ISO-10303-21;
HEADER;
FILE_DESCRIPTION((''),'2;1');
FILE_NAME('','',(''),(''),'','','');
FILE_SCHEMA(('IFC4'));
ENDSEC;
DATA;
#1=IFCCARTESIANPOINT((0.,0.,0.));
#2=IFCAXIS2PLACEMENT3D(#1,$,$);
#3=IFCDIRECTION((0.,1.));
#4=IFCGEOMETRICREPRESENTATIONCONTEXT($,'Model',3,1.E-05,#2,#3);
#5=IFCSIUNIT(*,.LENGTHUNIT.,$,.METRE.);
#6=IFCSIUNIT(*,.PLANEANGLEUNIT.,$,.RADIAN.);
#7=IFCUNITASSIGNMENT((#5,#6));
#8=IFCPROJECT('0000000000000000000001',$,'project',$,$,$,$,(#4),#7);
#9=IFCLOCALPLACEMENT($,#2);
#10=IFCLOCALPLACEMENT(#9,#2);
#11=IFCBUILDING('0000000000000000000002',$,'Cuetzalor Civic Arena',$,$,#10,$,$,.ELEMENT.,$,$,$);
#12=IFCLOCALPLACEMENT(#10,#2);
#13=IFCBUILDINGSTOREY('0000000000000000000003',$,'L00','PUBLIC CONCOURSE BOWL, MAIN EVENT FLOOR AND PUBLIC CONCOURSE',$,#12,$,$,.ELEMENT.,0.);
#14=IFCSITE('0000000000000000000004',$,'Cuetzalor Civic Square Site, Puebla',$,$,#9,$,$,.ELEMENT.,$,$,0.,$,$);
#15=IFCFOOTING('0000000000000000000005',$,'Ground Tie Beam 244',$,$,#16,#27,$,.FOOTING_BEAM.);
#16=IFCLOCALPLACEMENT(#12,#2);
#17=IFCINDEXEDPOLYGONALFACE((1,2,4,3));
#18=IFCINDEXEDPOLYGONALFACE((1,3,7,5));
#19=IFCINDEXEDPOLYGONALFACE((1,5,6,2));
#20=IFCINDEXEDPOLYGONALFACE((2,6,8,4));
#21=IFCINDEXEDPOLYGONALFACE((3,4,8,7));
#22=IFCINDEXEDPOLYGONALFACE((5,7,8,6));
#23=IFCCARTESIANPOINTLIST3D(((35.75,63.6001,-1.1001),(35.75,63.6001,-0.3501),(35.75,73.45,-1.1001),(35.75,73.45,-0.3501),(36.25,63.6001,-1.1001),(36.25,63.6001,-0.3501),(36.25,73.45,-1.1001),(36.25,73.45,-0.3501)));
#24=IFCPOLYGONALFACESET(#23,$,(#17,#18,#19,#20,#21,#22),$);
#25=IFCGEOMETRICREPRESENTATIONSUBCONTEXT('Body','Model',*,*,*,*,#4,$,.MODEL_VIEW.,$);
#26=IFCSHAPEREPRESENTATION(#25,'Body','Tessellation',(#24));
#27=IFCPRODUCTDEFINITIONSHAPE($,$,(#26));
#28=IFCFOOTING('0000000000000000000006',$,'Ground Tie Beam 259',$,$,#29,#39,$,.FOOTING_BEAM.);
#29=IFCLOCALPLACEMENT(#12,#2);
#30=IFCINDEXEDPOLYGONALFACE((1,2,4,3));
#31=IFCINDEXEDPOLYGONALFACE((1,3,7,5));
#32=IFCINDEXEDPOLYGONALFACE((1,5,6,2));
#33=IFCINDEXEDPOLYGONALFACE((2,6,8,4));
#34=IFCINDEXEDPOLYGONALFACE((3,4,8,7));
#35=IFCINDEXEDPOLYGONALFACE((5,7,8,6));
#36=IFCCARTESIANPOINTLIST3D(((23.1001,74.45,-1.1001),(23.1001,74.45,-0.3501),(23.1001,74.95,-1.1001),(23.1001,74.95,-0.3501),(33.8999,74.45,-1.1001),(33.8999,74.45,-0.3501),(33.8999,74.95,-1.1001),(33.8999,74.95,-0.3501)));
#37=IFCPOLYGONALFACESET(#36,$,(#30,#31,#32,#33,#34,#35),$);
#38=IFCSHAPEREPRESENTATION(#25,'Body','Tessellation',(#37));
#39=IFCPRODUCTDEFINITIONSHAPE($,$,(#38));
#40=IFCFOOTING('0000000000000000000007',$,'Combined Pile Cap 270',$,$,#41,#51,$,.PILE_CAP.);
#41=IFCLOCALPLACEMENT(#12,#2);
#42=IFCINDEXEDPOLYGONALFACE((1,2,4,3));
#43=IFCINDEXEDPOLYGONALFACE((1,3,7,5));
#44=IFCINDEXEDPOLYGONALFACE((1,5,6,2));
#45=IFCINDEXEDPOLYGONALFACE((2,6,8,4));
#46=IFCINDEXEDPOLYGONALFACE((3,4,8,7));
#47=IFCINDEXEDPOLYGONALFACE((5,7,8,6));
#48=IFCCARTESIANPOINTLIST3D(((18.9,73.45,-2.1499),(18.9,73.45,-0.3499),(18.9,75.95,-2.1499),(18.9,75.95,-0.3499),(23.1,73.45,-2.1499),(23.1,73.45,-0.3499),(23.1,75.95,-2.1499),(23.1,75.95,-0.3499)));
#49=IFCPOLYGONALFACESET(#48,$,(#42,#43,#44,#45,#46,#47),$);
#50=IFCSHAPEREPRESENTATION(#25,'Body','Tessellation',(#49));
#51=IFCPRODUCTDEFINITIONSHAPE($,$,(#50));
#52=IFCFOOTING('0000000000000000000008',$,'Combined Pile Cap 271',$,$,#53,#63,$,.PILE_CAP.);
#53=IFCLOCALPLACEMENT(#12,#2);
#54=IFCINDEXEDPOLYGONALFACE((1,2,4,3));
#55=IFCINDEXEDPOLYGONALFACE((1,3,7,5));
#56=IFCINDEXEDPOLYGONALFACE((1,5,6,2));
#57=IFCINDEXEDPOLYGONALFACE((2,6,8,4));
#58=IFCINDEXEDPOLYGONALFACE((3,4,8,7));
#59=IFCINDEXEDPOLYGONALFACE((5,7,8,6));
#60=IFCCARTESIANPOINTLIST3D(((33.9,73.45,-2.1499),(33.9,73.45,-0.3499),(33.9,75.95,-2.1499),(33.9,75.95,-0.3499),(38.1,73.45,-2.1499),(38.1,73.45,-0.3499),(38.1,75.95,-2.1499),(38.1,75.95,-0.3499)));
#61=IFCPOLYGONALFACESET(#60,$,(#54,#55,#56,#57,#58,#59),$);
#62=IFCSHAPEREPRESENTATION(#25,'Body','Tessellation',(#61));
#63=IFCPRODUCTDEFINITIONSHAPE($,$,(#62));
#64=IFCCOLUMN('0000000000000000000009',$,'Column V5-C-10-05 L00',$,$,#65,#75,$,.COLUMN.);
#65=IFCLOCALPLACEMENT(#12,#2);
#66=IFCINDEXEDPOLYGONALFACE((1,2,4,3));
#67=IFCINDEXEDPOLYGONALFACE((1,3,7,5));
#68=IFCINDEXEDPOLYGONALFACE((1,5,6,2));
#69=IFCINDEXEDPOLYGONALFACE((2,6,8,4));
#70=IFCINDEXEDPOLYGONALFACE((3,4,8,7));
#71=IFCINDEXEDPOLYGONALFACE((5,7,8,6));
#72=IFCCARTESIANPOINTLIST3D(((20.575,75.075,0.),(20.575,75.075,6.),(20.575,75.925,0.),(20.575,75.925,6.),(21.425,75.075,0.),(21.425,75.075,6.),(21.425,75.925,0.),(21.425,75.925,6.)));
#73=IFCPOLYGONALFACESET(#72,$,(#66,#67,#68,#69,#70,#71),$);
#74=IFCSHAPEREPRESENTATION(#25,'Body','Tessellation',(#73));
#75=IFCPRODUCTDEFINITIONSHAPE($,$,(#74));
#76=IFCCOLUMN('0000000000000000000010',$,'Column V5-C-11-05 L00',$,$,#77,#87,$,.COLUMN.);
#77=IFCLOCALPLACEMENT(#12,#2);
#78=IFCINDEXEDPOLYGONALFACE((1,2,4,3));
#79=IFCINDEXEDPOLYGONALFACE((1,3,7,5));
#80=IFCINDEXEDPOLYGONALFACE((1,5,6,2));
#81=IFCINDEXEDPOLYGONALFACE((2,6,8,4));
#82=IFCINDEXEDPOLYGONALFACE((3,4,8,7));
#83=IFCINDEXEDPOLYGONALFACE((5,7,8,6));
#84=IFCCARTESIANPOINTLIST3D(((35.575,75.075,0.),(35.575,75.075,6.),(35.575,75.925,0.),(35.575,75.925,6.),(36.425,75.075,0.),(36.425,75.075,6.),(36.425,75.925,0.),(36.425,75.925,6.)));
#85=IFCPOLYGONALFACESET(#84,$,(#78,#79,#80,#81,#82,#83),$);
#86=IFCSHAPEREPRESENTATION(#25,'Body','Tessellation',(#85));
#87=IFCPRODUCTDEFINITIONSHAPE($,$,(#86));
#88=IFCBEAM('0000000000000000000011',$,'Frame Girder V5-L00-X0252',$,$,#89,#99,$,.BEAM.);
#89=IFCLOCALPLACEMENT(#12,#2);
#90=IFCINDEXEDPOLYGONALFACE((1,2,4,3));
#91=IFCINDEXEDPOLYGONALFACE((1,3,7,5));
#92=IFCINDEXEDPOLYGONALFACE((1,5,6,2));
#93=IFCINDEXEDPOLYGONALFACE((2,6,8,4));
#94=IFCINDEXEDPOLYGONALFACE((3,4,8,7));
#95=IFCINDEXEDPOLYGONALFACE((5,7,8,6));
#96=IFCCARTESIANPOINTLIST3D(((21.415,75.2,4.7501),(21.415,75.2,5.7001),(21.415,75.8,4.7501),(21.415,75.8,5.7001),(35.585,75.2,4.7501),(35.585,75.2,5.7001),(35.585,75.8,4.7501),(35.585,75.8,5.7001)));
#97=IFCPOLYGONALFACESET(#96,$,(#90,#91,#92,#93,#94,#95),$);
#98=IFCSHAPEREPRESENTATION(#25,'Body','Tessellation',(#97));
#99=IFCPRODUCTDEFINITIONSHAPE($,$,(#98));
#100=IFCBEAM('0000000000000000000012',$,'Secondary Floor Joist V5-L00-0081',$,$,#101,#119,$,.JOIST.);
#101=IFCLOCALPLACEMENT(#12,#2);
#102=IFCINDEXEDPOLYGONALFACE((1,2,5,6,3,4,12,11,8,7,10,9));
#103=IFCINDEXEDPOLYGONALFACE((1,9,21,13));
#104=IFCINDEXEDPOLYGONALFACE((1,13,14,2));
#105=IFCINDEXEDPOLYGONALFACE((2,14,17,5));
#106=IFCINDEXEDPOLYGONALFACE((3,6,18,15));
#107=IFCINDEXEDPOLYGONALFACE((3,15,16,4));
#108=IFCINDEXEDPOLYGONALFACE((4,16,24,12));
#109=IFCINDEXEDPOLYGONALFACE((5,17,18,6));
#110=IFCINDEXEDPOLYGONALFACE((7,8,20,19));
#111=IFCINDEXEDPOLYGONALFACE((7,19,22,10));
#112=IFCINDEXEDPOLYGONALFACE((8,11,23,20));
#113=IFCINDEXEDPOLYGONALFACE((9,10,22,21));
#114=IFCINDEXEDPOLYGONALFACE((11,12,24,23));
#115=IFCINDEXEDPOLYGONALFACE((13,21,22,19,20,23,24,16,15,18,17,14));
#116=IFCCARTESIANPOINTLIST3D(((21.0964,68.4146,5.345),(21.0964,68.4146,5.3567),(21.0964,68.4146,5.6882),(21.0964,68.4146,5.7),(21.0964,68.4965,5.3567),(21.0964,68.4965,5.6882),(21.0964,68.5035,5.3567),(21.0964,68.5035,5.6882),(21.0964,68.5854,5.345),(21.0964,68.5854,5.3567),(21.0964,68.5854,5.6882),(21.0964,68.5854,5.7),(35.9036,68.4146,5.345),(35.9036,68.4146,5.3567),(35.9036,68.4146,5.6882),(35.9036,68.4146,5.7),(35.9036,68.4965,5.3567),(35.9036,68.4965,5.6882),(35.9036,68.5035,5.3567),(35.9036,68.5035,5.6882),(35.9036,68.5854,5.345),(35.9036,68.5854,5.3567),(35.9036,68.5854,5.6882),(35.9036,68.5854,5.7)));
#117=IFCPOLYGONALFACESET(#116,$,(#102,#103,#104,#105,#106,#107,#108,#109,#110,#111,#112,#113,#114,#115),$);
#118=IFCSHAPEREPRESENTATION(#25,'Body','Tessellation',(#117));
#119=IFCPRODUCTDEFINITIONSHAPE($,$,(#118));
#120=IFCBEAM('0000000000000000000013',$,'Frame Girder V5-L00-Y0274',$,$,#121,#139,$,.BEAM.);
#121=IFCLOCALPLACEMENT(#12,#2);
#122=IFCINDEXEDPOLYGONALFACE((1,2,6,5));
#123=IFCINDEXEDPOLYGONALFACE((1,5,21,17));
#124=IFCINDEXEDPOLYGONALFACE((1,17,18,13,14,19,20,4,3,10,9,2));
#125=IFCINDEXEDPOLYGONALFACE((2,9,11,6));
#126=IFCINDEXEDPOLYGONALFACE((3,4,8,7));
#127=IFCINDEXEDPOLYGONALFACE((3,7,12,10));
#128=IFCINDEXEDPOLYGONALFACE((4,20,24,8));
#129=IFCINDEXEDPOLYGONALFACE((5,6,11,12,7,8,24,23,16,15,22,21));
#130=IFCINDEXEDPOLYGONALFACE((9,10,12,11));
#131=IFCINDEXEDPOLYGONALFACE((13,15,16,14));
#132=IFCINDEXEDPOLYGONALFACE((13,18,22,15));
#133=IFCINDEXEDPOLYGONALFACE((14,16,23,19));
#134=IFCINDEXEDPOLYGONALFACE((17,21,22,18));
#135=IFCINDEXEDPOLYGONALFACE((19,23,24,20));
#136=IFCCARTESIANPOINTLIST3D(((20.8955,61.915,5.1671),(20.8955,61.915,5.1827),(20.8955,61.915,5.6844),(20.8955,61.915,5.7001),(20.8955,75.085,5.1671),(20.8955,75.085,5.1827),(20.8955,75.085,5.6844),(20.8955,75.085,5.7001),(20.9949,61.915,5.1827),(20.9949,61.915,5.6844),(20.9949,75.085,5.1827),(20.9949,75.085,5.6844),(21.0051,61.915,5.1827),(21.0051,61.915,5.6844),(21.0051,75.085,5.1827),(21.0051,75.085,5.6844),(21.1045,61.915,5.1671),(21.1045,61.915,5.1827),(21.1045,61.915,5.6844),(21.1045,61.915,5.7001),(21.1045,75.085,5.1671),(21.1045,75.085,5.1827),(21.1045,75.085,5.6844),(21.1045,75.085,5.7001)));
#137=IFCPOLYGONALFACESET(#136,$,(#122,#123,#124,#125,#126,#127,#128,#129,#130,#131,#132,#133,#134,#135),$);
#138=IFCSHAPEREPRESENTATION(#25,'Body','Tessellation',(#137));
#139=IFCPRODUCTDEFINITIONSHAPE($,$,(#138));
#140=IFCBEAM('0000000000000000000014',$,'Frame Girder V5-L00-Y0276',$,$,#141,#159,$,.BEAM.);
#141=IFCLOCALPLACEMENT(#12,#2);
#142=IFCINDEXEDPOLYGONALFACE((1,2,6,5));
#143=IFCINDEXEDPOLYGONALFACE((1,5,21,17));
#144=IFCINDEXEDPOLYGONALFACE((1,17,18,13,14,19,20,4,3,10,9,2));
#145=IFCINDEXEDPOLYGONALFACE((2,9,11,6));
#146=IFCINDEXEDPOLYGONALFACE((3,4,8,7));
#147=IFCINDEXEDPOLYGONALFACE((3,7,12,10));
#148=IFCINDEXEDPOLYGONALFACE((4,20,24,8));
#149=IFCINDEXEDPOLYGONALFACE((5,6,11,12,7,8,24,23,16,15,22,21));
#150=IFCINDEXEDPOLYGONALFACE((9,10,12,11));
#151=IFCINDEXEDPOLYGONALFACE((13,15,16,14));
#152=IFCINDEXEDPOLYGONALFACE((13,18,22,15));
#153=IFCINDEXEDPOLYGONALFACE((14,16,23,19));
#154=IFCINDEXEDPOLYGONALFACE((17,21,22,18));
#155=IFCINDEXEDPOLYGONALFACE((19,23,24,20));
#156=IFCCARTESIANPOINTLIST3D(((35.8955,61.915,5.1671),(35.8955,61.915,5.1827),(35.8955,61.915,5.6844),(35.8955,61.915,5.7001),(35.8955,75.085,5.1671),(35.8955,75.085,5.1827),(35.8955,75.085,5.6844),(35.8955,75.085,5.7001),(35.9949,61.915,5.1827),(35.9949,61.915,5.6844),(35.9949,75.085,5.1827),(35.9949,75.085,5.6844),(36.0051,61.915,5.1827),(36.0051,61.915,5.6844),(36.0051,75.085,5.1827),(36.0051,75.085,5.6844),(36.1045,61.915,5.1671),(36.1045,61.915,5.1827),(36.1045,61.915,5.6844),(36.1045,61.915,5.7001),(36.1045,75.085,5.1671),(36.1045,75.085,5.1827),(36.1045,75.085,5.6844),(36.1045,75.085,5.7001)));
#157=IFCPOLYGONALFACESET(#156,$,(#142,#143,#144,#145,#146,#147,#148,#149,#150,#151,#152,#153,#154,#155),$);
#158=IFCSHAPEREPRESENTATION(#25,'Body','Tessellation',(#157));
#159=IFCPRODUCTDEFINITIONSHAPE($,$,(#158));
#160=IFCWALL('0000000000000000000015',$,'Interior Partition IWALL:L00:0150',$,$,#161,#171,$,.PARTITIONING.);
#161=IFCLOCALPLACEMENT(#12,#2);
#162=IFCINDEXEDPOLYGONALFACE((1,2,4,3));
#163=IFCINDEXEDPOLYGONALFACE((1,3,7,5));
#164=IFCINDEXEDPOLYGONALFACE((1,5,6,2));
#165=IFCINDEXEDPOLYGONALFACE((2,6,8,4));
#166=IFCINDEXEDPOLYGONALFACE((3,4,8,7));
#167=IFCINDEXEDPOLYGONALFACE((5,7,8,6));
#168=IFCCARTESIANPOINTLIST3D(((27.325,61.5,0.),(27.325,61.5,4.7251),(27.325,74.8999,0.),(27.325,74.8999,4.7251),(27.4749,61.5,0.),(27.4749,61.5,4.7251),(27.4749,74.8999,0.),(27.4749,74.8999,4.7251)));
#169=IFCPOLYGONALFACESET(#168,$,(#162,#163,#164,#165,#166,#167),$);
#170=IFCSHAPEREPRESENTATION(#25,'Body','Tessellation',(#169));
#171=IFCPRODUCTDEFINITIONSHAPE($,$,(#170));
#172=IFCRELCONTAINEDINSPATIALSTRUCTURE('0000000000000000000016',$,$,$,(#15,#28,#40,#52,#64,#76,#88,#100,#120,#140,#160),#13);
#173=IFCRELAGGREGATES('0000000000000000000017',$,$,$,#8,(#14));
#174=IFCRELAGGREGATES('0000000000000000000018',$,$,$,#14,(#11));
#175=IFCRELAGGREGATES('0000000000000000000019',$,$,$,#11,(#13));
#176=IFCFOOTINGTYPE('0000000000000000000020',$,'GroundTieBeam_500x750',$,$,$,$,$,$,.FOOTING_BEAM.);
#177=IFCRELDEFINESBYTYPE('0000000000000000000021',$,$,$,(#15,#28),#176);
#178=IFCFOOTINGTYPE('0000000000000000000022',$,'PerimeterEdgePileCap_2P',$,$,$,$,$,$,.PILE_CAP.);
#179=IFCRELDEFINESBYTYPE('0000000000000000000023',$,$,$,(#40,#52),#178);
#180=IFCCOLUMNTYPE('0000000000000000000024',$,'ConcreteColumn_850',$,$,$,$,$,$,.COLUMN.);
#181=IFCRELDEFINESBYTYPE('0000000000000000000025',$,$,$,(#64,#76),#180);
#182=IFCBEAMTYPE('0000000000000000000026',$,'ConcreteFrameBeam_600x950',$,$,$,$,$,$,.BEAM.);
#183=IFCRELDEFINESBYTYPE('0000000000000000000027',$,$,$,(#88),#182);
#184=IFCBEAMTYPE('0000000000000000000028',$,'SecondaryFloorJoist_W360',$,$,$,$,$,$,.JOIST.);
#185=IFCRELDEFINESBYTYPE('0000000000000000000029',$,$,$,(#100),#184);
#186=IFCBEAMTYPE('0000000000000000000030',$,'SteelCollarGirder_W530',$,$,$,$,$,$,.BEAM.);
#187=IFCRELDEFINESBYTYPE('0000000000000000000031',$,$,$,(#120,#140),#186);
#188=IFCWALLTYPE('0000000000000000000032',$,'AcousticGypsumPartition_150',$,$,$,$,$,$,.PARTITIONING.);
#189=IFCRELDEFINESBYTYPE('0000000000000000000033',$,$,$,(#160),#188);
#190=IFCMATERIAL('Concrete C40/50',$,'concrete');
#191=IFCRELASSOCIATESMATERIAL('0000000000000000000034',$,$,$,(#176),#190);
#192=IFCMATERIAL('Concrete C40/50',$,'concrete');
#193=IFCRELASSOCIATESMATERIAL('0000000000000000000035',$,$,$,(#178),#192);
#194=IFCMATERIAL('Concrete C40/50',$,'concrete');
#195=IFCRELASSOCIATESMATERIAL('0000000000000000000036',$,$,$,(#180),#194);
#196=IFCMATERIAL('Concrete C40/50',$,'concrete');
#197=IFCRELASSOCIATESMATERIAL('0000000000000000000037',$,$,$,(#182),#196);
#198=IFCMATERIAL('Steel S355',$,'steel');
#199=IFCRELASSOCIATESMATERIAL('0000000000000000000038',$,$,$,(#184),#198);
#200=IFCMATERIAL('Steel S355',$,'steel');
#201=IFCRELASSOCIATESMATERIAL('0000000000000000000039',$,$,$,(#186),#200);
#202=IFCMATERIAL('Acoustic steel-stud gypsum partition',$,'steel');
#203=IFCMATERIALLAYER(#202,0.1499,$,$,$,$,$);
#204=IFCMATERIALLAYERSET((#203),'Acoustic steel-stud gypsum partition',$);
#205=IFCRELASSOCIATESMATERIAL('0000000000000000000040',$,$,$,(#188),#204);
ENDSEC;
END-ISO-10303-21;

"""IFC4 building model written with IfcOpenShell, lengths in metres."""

from ifc_helpers import new_model, si_unit, direction, frame, frame_2d, origin, origin_2d, place, context, subcontext, project, spatial, rectangle, i_section, extrude, material, layer, layer_set, material_profile, profile_set, type_object, element, save


model = new_model("IFC4")

# Units and contexts
model_context = context("Model", 3, precision=1e-05, world=origin(), true_north=direction((0.0, 1.0)))
body_context = subcontext(model_context, "Body", "Model", "MODEL_VIEW")
ifc_project = project(units=[si_unit("LENGTHUNIT", "METRE"), si_unit("PLANEANGLEUNIT", "RADIAN")], contexts=[model_context])

# Site, building, storey
site_placement = place(None, origin())
site = spatial("IfcSite", under=ifc_project, at=site_placement, Name="Cuetzalor Civic Square Site, Puebla", CompositionType="ELEMENT", RefElevation=0.0)
building_placement = place(site_placement, origin())
building = spatial("IfcBuilding", under=site, at=building_placement, Name="Cuetzalor Civic Arena", CompositionType="ELEMENT")
storey_placement = place(building_placement, origin())
storey = spatial("IfcBuildingStorey", under=building, at=storey_placement, Name="L00", Description="PUBLIC CONCOURSE BOWL, MAIN EVENT FLOOR AND PUBLIC CONCOURSE", CompositionType="ELEMENT", Elevation=0.0)

# Footings
ifc_material_1 = material(Name="Concrete C40/50", Category="concrete")
ifc_material_profile_1 = material_profile(ifc_material_1, rectangle(XDim=0.5, YDim=0.75, at=origin_2d()), Name="RC 500x750")
ifc_profile_set_1 = profile_set([ifc_material_profile_1], Name="Concrete C40/50")
footing_type_1 = type_object("IfcFootingType", Name="GroundTieBeam_500x750", PredefinedType="FOOTING_BEAM", material=ifc_profile_set_1)
for number, where, z_axis, x_axis, name in (
    (1, (36.0, 63.6001, -0.7251), (0.0, 1.0, 0.0), (-1.0, 0.0, 0.0), "Ground Tie Beam 244"),
):
    element("IfcFooting", number, at=place(storey_placement, frame(where, z_axis=z_axis, x_axis=x_axis)), inside=storey, type_object=footing_type_1, Name=name, PredefinedType="FOOTING_BEAM", context=body_context, shape_type="SweptSolid", body=[
        extrude(rectangle(XDim=0.5, YDim=0.75, at=origin_2d()), origin(), (0.0, 0.0, 1.0), 9.8499),
    ])
footing_placement = place(storey_placement, frame((23.1001, 74.7, -0.7251), z_axis=(1.0, 0.0, 0.0), x_axis=(0.0, 1.0, 0.0)))
element("IfcFooting", 2, at=footing_placement, inside=storey, type_object=footing_type_1, Name="Ground Tie Beam 259", PredefinedType="FOOTING_BEAM", context=body_context, shape_type="SweptSolid", body=[
    extrude(rectangle(XDim=0.5, YDim=0.75, at=origin_2d()), origin(), (0.0, 0.0, 1.0), 10.7998),
])
ifc_material_2 = material(Name="Concrete C40/50", Category="concrete")
footing_type_2 = type_object("IfcFootingType", Name="PerimeterEdgePileCap_2P", PredefinedType="PILE_CAP", material=ifc_material_2)
for number, where, z_axis, x_axis, name in (
    (3, (21.0, 74.7, -2.1499), (0.0, 0.0, 1.0), (1.0, 0.0, 0.0), "Combined Pile Cap 270"),
    (4, (36.0, 74.7, -2.1499), (0.0, 0.0, 1.0), (1.0, 0.0, 0.0), "Combined Pile Cap 271"),
):
    element("IfcFooting", number, at=place(storey_placement, frame(where, z_axis=z_axis, x_axis=x_axis)), inside=storey, type_object=footing_type_2, Name=name, PredefinedType="PILE_CAP", context=body_context, shape_type="SweptSolid", body=[
        extrude(rectangle(XDim=4.2, YDim=2.5, at=origin_2d()), origin(), (0.0, 0.0, 1.0), 1.8),
    ])

# Columns
ifc_material_3 = material(Name="Concrete C40/50", Category="concrete")
ifc_material_profile_2 = material_profile(ifc_material_3, rectangle(XDim=0.8501, YDim=0.8501, at=origin_2d()), Name="RC 850x850")
ifc_profile_set_2 = profile_set([ifc_material_profile_2], Name="Concrete C40/50")
column_type = type_object("IfcColumnType", Name="ConcreteColumn_850", PredefinedType="COLUMN", material=ifc_profile_set_2)
for number, where, z_axis, x_axis, name in (
    (5, (21.0, 75.5, 0.0), (0.0, 0.0, 1.0), (1.0, 0.0, 0.0), "Column V5-C-10-05 L00"),
    (6, (36.0, 75.5, 0.0), (0.0, 0.0, 1.0), (1.0, 0.0, 0.0), "Column V5-C-11-05 L00"),
):
    element("IfcColumn", number, at=place(storey_placement, frame(where, z_axis=z_axis, x_axis=x_axis)), inside=storey, type_object=column_type, Name=name, PredefinedType="COLUMN", context=body_context, shape_type="SweptSolid", body=[
        extrude(rectangle(XDim=0.8501, YDim=0.8501, at=origin_2d()), origin(), (0.0, 0.0, 1.0), 6.0),
    ])

# Beams
ifc_material_4 = material(Name="Concrete C40/50", Category="concrete")
ifc_material_profile_3 = material_profile(ifc_material_4, rectangle(XDim=0.6001, YDim=0.95, at=origin_2d()), Name="RC 600x950")
ifc_profile_set_3 = profile_set([ifc_material_profile_3], Name="Concrete C40/50")
beam_type_1 = type_object("IfcBeamType", Name="ConcreteFrameBeam_600x950", PredefinedType="BEAM", material=ifc_profile_set_3)
beam_1_placement = place(storey_placement, frame((21.415, 75.5, 5.2251), z_axis=(1.0, 0.0, 0.0), x_axis=(0.0, 1.0, 0.0)))
element("IfcBeam", 7, at=beam_1_placement, inside=storey, type_object=beam_type_1, Name="Frame Girder V5-L00-X0252", PredefinedType="BEAM", context=body_context, shape_type="SweptSolid", body=[
    extrude(rectangle(XDim=0.6001, YDim=0.95, at=origin_2d()), origin(), (0.0, 0.0, 1.0), 14.1699),
])
ifc_material_5 = material(Name="Steel S355", Category="steel")
ifc_material_profile_4 = material_profile(ifc_material_5, i_section(OverallWidth=0.1709, OverallDepth=0.355, WebThickness=0.0071, FlangeThickness=0.0117, at=origin_2d()), Name="W360x51")
ifc_profile_set_4 = profile_set([ifc_material_profile_4], Name="Steel S355")
beam_type_2 = type_object("IfcBeamType", Name="SecondaryFloorJoist_W360", PredefinedType="JOIST", material=ifc_profile_set_4)
beam_2_placement = place(storey_placement, frame((21.0964, 68.5, 5.5225), z_axis=(1.0, 0.0, 0.0), x_axis=(0.0, 1.0, 0.0)))
element("IfcBeam", 8, at=beam_2_placement, inside=storey, type_object=beam_type_2, Name="Secondary Floor Joist V5-L00-0081", PredefinedType="JOIST", context=body_context, shape_type="SweptSolid", body=[
    extrude(i_section(OverallWidth=0.1709, OverallDepth=0.355, WebThickness=0.0071, FlangeThickness=0.0117, at=origin_2d()), origin(), (0.0, 0.0, 1.0), 14.8071),
])
ifc_material_6 = material(Name="Steel S355", Category="steel")
ifc_material_profile_5 = material_profile(ifc_material_6, i_section(OverallWidth=0.209, OverallDepth=0.533, WebThickness=0.0103, FlangeThickness=0.0156, at=origin_2d()), Name="W530x92")
ifc_profile_set_5 = profile_set([ifc_material_profile_5], Name="Steel S355")
beam_type_3 = type_object("IfcBeamType", Name="SteelCollarGirder_W530", PredefinedType="BEAM", material=ifc_profile_set_5)
for number, where, z_axis, x_axis, name in (
    (9, (21.0, 61.915, 5.4336), (0.0, 1.0, 0.0), (-1.0, 0.0, 0.0), "Frame Girder V5-L00-Y0274"),
    (10, (36.0, 61.915, 5.4336), (0.0, 1.0, 0.0), (-1.0, 0.0, 0.0), "Frame Girder V5-L00-Y0276"),
):
    element("IfcBeam", number, at=place(storey_placement, frame(where, z_axis=z_axis, x_axis=x_axis)), inside=storey, type_object=beam_type_3, Name=name, PredefinedType="BEAM", context=body_context, shape_type="SweptSolid", body=[
        extrude(i_section(OverallWidth=0.209, OverallDepth=0.533, WebThickness=0.0103, FlangeThickness=0.0156, at=origin_2d()), origin(), (0.0, 0.0, 1.0), 13.1699),
    ])

# Wall
ifc_material_7 = material(Name="Acoustic steel-stud gypsum partition", Category="steel")
ifc_layer_1 = layer(ifc_material_7, 0.1499)
ifc_layer_set_1 = layer_set([ifc_layer_1], Name="Acoustic steel-stud gypsum partition")
wall_type_1 = type_object("IfcWallType", Name="AcousticGypsumPartition_150", PredefinedType="PARTITIONING", material=ifc_layer_set_1)
wall_1_placement = place(storey_placement, frame((27.3999, 74.8999, 0.0), z_axis=(0.0, 0.0, 1.0), x_axis=(0.0, -1.0, 0.0)))
element("IfcWall", 11, at=wall_1_placement, inside=storey, type_object=wall_type_1, Name="Interior Partition IWALL:L00:0150", PredefinedType="PARTITIONING", context=body_context, shape_type="SweptSolid", body=[
    extrude(rectangle(XDim=13.3999, YDim=0.1499, at=frame_2d((6.7, 0.0))), origin(), (0.0, 0.0, 1.0), 4.7251),
])

save(model, "model.ifc")
